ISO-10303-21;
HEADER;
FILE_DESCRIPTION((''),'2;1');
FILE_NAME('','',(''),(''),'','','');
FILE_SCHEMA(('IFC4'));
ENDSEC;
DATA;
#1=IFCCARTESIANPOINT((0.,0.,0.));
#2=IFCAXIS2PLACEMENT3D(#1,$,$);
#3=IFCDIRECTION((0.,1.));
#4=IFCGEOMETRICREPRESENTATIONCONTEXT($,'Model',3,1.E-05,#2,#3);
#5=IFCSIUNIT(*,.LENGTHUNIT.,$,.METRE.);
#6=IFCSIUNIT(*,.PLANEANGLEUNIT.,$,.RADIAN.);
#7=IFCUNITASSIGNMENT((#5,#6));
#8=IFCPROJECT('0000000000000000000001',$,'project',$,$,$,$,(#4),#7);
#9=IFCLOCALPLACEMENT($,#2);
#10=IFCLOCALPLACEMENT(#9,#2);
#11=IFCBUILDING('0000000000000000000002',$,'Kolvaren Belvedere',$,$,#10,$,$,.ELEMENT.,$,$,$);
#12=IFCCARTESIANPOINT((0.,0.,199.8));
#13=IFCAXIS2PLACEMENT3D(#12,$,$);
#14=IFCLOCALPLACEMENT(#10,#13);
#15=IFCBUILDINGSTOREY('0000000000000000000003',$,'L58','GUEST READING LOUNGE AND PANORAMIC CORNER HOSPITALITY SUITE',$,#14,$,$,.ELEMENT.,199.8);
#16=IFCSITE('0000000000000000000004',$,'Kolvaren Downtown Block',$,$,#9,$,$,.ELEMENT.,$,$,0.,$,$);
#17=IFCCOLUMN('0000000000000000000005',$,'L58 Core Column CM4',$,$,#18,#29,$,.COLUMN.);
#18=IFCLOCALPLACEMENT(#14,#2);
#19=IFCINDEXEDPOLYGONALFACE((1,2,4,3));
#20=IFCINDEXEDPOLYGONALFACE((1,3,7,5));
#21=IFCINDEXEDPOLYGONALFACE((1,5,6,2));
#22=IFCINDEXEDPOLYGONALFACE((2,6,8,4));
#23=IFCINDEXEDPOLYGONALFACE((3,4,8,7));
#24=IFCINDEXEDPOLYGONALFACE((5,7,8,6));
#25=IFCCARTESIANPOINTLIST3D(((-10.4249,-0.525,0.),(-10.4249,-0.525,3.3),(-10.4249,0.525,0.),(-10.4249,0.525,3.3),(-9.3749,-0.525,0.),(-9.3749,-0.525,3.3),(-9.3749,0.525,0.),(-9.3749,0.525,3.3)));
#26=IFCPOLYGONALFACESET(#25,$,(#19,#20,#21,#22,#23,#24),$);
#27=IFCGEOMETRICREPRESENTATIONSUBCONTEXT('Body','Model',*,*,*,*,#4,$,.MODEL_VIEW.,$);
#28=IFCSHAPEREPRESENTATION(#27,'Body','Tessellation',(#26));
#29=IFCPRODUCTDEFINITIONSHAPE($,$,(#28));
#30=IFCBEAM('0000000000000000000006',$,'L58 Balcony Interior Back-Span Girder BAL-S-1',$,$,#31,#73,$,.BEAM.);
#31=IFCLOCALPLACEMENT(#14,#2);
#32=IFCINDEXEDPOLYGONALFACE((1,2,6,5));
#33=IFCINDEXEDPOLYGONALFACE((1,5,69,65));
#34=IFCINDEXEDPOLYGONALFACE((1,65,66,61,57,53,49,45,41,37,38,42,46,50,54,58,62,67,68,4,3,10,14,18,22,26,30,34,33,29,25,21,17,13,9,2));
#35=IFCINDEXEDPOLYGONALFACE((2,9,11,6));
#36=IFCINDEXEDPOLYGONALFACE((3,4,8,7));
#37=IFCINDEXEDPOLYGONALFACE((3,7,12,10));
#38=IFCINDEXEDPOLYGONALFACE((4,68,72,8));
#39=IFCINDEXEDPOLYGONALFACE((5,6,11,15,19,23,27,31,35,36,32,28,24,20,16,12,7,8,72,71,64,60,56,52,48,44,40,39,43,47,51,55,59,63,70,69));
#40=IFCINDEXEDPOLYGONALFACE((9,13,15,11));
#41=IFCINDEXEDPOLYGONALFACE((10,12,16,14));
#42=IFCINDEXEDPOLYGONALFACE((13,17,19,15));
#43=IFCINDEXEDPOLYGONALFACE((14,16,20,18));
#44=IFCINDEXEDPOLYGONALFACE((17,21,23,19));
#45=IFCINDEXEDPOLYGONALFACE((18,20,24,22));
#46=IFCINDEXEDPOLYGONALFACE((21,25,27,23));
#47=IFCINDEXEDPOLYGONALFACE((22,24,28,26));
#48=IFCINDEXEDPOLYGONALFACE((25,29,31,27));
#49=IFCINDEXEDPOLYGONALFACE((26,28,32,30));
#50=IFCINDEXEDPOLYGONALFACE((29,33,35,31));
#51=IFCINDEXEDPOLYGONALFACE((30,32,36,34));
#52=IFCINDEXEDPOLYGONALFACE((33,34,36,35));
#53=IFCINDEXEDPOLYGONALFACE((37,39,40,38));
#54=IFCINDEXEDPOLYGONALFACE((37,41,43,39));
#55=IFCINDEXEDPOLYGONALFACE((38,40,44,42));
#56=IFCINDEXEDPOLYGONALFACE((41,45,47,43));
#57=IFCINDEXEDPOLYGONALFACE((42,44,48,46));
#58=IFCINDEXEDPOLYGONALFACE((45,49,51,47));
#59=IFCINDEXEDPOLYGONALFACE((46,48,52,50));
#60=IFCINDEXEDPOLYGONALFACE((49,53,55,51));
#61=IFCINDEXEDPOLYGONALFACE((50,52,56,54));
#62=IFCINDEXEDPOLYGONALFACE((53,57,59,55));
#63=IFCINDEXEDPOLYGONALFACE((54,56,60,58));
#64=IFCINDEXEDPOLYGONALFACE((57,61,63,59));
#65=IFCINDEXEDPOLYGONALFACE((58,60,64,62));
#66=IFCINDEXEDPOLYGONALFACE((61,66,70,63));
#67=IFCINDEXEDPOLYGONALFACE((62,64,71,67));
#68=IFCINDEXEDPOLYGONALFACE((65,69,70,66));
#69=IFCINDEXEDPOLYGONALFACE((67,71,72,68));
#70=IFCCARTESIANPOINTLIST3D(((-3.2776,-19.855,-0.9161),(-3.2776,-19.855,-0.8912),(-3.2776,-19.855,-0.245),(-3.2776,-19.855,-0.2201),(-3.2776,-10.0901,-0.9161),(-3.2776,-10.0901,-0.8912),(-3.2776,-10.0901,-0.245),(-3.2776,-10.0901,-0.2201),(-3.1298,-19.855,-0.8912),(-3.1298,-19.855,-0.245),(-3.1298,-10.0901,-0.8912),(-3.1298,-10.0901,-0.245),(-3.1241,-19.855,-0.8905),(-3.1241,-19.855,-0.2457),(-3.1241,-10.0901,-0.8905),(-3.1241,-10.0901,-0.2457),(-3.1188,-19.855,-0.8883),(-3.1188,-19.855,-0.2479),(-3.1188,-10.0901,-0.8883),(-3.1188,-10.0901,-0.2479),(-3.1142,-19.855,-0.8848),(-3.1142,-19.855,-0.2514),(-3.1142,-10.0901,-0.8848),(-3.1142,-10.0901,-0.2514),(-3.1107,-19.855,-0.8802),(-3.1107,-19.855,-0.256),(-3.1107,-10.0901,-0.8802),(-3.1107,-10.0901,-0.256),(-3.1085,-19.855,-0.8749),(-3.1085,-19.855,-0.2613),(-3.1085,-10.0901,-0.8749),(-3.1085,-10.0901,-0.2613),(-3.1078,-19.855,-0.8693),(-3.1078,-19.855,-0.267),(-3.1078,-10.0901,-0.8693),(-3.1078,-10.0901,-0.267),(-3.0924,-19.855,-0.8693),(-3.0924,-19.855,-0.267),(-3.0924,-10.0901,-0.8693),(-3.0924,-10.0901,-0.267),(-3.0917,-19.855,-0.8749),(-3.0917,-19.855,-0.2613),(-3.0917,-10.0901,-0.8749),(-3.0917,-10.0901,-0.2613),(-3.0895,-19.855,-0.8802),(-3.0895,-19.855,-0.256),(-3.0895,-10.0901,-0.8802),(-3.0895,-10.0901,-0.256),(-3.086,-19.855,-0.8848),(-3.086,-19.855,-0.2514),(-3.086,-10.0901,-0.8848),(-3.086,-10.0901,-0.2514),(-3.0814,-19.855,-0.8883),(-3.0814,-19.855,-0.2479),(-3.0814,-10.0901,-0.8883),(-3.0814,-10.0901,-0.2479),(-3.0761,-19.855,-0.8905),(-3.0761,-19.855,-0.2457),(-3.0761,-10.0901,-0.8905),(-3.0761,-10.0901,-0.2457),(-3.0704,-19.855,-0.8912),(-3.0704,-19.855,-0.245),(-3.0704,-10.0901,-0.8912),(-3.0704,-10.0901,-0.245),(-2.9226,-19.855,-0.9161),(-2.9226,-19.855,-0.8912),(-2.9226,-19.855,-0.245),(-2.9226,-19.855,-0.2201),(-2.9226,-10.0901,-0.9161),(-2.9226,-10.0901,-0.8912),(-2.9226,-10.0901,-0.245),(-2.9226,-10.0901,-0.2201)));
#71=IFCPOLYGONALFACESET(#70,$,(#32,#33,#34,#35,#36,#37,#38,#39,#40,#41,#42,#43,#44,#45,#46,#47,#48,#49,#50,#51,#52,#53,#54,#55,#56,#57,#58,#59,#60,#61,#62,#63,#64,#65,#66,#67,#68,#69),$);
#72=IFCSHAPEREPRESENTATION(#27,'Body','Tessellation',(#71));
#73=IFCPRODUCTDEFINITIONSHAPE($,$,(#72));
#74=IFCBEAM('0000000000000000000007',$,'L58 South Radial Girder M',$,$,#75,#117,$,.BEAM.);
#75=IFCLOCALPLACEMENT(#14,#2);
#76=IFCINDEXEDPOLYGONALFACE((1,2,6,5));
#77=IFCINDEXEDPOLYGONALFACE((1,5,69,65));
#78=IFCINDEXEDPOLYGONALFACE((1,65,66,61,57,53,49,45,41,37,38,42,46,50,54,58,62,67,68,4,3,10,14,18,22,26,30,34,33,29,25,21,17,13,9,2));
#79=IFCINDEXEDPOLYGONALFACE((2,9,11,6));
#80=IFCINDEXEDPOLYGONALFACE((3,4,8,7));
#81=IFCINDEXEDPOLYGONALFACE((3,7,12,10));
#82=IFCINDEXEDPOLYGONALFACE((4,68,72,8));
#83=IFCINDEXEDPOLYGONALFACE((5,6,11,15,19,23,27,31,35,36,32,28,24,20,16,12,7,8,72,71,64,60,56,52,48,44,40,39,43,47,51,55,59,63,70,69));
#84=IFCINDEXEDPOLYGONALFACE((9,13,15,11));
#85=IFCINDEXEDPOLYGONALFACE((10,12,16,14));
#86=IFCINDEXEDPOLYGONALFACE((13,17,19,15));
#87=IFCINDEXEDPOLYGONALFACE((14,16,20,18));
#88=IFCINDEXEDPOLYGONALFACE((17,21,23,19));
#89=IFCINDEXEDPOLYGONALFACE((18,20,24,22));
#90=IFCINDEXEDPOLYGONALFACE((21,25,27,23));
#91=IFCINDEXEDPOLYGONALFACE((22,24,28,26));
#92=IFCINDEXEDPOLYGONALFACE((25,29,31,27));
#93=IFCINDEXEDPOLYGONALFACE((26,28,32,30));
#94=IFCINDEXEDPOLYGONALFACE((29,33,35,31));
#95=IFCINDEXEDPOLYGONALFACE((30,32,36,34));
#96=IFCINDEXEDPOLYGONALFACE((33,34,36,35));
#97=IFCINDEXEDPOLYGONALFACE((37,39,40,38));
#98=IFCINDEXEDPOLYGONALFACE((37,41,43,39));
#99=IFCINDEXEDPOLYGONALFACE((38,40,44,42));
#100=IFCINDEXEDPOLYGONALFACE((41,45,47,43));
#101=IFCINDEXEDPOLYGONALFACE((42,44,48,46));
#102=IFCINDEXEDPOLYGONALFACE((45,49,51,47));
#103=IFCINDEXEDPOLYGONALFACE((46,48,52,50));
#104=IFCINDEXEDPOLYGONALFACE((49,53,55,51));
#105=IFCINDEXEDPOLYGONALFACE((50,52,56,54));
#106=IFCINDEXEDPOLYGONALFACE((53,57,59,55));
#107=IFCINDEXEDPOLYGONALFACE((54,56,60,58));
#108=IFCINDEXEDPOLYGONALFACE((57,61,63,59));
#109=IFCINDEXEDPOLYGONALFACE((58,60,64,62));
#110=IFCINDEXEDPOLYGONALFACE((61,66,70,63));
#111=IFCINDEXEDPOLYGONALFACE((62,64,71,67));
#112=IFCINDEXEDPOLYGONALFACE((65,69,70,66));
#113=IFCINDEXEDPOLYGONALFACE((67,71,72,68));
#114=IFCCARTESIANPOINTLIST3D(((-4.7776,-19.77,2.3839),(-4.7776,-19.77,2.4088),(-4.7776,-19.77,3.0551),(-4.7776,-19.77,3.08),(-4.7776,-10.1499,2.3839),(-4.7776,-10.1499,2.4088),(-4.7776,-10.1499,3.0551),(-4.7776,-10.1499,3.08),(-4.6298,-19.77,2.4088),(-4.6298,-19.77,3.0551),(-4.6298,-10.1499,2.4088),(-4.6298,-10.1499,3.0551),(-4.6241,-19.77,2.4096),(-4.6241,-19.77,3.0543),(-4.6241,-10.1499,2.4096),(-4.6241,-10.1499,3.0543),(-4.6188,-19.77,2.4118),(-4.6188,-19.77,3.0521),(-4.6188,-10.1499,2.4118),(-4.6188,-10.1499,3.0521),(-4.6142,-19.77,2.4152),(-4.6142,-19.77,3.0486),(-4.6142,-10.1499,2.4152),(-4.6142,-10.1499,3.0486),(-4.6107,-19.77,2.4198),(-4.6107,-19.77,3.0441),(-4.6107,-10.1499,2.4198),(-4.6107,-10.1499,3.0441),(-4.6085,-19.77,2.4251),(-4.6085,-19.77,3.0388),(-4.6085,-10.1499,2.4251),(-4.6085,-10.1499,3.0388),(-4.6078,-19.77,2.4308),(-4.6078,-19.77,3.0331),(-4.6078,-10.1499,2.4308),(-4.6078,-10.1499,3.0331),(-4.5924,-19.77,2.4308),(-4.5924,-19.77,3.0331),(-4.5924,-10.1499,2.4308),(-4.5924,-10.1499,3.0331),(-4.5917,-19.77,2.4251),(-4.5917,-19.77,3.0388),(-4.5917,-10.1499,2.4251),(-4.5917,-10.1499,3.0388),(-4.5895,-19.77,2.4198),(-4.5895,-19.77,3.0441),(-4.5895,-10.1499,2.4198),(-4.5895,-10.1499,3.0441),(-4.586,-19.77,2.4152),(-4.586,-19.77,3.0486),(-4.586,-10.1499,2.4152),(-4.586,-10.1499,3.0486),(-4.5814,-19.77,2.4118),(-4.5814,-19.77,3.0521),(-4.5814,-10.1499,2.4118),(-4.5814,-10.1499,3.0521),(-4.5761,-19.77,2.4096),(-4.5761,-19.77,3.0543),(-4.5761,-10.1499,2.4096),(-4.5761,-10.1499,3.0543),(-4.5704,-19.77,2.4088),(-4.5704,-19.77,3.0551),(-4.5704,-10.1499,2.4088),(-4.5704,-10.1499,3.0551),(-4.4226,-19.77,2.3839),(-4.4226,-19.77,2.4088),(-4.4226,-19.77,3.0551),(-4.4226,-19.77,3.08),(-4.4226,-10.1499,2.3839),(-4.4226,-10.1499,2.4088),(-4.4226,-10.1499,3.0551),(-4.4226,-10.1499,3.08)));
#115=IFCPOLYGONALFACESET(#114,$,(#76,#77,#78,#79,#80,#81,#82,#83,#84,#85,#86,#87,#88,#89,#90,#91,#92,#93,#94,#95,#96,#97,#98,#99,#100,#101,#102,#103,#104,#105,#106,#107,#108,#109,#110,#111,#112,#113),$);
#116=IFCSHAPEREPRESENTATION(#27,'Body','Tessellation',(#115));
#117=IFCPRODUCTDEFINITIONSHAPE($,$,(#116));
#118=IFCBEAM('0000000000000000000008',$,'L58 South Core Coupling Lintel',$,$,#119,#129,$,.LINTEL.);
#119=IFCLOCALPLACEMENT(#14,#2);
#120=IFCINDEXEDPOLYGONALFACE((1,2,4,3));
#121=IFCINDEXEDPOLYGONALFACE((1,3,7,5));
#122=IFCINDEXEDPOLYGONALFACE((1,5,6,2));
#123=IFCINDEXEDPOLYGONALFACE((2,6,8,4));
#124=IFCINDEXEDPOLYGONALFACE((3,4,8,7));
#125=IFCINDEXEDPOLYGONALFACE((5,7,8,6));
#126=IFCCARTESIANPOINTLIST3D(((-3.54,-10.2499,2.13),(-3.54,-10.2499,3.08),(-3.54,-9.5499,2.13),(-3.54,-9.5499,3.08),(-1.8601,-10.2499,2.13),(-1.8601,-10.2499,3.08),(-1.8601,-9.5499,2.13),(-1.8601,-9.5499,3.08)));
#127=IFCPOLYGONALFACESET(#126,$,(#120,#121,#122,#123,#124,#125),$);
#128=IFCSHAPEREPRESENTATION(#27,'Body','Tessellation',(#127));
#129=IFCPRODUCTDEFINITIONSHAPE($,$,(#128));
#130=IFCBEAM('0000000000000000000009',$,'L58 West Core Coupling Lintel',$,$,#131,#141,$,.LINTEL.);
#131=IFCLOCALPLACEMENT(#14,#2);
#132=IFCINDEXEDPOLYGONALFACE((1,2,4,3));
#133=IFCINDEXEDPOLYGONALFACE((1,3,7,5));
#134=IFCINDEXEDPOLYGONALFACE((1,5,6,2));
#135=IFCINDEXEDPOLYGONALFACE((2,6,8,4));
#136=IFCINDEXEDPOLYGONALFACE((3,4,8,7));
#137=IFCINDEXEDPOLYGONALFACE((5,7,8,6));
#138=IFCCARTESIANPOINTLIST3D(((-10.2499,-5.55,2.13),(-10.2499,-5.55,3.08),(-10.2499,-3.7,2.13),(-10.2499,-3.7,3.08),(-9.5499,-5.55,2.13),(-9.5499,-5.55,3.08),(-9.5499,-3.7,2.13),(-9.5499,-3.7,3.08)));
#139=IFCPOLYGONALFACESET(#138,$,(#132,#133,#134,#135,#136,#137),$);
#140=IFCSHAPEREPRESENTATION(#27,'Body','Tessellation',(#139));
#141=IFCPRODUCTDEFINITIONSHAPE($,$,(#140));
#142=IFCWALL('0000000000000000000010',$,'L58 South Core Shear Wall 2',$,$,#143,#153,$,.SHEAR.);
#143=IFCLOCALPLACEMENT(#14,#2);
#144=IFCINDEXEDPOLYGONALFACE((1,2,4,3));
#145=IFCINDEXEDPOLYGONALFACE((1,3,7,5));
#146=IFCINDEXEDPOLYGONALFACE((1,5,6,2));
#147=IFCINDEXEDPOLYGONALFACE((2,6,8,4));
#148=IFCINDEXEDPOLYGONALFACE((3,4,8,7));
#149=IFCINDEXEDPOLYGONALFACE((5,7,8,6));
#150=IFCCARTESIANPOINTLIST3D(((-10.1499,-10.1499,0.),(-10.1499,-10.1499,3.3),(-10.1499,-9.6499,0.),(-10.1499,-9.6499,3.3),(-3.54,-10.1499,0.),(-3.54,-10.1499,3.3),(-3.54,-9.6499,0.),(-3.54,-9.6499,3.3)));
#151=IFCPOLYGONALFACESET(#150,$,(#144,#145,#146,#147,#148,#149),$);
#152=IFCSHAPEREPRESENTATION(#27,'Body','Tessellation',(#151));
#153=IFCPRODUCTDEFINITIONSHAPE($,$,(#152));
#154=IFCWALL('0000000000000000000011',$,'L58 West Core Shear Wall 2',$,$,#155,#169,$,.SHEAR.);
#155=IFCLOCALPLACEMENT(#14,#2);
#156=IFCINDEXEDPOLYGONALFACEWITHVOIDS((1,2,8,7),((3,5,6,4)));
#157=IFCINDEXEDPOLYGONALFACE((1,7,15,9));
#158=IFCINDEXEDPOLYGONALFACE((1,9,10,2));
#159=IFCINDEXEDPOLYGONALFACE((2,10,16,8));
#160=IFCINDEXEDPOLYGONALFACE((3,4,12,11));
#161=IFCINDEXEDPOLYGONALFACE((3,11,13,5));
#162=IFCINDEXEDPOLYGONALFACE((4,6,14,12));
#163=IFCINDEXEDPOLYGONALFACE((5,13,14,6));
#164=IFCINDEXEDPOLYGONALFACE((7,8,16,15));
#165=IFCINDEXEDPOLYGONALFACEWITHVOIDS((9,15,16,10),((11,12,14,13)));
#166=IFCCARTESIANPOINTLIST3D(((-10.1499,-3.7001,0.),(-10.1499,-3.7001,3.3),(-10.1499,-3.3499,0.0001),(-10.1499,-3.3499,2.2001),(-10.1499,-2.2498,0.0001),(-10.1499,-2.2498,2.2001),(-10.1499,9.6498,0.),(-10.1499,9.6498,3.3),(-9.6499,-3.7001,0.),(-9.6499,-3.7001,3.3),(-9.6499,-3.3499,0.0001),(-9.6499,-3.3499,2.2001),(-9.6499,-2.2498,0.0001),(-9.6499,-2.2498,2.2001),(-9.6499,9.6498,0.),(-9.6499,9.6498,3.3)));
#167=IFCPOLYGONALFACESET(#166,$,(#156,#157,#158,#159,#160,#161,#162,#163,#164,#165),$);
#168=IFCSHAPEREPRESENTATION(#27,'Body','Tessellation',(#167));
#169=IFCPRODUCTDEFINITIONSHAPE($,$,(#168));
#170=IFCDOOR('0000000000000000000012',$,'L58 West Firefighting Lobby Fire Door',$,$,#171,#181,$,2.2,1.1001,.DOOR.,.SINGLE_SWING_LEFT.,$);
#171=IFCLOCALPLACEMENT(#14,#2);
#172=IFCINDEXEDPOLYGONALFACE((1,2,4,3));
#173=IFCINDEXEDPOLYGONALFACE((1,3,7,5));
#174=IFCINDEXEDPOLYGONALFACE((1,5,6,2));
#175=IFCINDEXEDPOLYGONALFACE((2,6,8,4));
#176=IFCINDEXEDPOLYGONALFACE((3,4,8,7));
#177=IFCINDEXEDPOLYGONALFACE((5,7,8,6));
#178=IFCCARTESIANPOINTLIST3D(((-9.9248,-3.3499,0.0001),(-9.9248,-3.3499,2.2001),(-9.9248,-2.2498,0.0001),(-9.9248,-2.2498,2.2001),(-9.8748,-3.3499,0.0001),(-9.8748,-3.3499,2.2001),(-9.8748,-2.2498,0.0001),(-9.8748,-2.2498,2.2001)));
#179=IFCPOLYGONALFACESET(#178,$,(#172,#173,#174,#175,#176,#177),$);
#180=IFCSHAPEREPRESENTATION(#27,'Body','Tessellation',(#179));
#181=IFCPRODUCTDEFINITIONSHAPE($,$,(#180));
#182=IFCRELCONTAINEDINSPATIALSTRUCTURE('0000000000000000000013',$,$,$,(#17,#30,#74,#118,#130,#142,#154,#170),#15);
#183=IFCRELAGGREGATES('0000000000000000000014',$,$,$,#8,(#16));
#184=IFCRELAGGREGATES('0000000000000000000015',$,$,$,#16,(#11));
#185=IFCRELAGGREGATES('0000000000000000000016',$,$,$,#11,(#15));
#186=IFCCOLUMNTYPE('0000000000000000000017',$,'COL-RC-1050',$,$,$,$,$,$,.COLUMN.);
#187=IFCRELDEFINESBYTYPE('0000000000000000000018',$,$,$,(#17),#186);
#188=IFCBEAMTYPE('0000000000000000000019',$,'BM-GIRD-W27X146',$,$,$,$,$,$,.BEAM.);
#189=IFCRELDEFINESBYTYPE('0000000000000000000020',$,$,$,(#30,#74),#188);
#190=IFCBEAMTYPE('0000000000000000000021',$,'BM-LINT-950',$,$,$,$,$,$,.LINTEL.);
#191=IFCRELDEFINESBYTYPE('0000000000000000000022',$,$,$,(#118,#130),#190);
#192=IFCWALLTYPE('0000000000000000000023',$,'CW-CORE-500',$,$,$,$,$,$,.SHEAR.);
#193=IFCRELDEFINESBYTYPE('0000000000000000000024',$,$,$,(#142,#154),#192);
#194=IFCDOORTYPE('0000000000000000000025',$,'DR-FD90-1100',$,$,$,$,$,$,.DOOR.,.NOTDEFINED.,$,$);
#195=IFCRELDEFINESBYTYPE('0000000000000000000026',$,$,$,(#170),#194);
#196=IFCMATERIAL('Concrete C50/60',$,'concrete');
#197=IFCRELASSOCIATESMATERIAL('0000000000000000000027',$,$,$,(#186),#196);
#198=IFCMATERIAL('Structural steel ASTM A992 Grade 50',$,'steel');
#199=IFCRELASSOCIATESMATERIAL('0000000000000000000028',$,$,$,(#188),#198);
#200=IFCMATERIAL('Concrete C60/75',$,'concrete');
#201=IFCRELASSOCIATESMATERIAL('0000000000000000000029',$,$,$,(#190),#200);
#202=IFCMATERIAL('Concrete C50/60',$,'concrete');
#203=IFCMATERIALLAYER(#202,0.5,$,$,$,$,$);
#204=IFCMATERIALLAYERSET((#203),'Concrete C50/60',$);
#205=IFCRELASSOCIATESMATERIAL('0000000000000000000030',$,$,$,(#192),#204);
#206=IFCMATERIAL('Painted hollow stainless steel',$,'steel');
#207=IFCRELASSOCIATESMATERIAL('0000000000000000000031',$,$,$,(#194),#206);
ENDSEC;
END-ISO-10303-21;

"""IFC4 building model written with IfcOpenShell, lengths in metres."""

from ifc_helpers import new_model, si_unit, direction, frame, frame_2d, origin, origin_2d, place, context, subcontext, project, spatial, rectangle, i_section, extrude, material, layer, layer_set, material_profile, profile_set, type_object, element, fill, save


model = new_model("IFC4")

# Units and contexts
model_context = context("Model", 3, precision=1e-05, world=origin(), true_north=direction((0.0, 1.0)))
body_context = subcontext(model_context, "Body", "Model", "MODEL_VIEW")
ifc_project = project(units=[si_unit("LENGTHUNIT", "METRE"), si_unit("PLANEANGLEUNIT", "RADIAN")], contexts=[model_context])

# Site, building, storey
site_placement = place(None, origin())
site = spatial("IfcSite", under=ifc_project, at=site_placement, Name="Kolvaren Downtown Block", CompositionType="ELEMENT", RefElevation=0.0)
building_placement = place(site_placement, origin())
building = spatial("IfcBuilding", under=site, at=building_placement, Name="Kolvaren Belvedere", CompositionType="ELEMENT")
storey_placement = place(building_placement, frame((0.0, 0.0, 199.8)))
storey = spatial("IfcBuildingStorey", under=building, at=storey_placement, Name="L58", Description="GUEST READING LOUNGE AND PANORAMIC CORNER HOSPITALITY SUITE", CompositionType="ELEMENT", Elevation=199.8)

# Column
ifc_material_1 = material(Name="Concrete C50/60", Category="concrete")
ifc_material_profile_1 = material_profile(ifc_material_1, rectangle(XDim=1.05, YDim=1.05, at=origin_2d()), Name="RC 1050X1050")
ifc_profile_set_1 = profile_set([ifc_material_profile_1], Name="Concrete C50/60")
column_type = type_object("IfcColumnType", Name="COL-RC-1050", PredefinedType="COLUMN", material=ifc_profile_set_1)
column_placement = place(storey_placement, frame((-9.8999, 0.0, 0.0), z_axis=(0.0, 0.0, 1.0), x_axis=(1.0, 0.0, 0.0)))
element("IfcColumn", 1, at=column_placement, inside=storey, type_object=column_type, Name="L58 Core Column CM4", PredefinedType="COLUMN", context=body_context, shape_type="SweptSolid", body=[
    extrude(rectangle(XDim=1.05, YDim=1.05, at=origin_2d()), origin(), (0.0, 0.0, 1.0), 3.3),
])

# Beams
ifc_material_2 = material(Name="Structural steel ASTM A992 Grade 50", Category="steel")
ifc_material_profile_2 = material_profile(ifc_material_2, i_section(OverallWidth=0.355, OverallDepth=0.696, WebThickness=0.0154, FlangeThickness=0.0249, FilletRadius=0.022, at=origin_2d()), Name="W27X146")
ifc_profile_set_2 = profile_set([ifc_material_profile_2], Name="Structural steel ASTM A992 Grade 50")
beam_type_1 = type_object("IfcBeamType", Name="BM-GIRD-W27X146", PredefinedType="BEAM", material=ifc_profile_set_2)
beam_1_placement = place(storey_placement, frame((-3.1001, -10.0901, -0.5681), z_axis=(0.0, -1.0, 0.0), x_axis=(1.0, 0.0, 0.0)))
element("IfcBeam", 2, at=beam_1_placement, inside=storey, type_object=beam_type_1, Name="L58 Balcony Interior Back-Span Girder BAL-S-1", PredefinedType="BEAM", context=body_context, shape_type="SweptSolid", body=[
    extrude(i_section(OverallWidth=0.355, OverallDepth=0.696, WebThickness=0.0154, FlangeThickness=0.0249, FilletRadius=0.022, at=origin_2d()), origin(), (0.0, 0.0, 1.0), 9.7649),
])
beam_2_placement = place(storey_placement, frame((-4.6001, -10.1499, 2.7319), z_axis=(0.0, -1.0, 0.0), x_axis=(1.0, 0.0, 0.0)))
element("IfcBeam", 3, at=beam_2_placement, inside=storey, type_object=beam_type_1, Name="L58 South Radial Girder M", PredefinedType="BEAM", context=body_context, shape_type="SweptSolid", body=[
    extrude(i_section(OverallWidth=0.355, OverallDepth=0.696, WebThickness=0.0154, FlangeThickness=0.0249, FilletRadius=0.022, at=origin_2d()), origin(), (0.0, 0.0, 1.0), 9.6201),
])
ifc_material_3 = material(Name="Concrete C60/75", Category="concrete")
ifc_material_profile_3 = material_profile(ifc_material_3, rectangle(XDim=0.7, YDim=0.95, at=origin_2d()), Name="RC 700X950")
ifc_profile_set_3 = profile_set([ifc_material_profile_3], Name="Concrete C60/75")
beam_type_2 = type_object("IfcBeamType", Name="BM-LINT-950", PredefinedType="LINTEL", material=ifc_profile_set_3)
beam_3_placement = place(storey_placement, frame((-3.54, -9.8999, 2.605), z_axis=(1.0, 0.0, 0.0), x_axis=(0.0, 1.0, 0.0)))
element("IfcBeam", 4, at=beam_3_placement, inside=storey, type_object=beam_type_2, Name="L58 South Core Coupling Lintel", PredefinedType="LINTEL", context=body_context, shape_type="SweptSolid", body=[
    extrude(rectangle(XDim=0.7, YDim=0.95, at=origin_2d()), origin(), (0.0, 0.0, 1.0), 1.6799),
])
beam_4_placement = place(storey_placement, frame((-9.8999, -5.55, 2.605), z_axis=(0.0, 1.0, 0.0), x_axis=(-1.0, 0.0, 0.0)))
element("IfcBeam", 5, at=beam_4_placement, inside=storey, type_object=beam_type_2, Name="L58 West Core Coupling Lintel", PredefinedType="LINTEL", context=body_context, shape_type="SweptSolid", body=[
    extrude(rectangle(XDim=0.7, YDim=0.95, at=origin_2d()), origin(), (0.0, 0.0, 1.0), 1.8501),
])

# Wall
ifc_material_4 = material(Name="Concrete C50/60", Category="concrete")
ifc_layer_1 = layer(ifc_material_4, 0.5)
ifc_layer_set_1 = layer_set([ifc_layer_1], Name="Concrete C50/60")
wall_type_1 = type_object("IfcWallType", Name="CW-CORE-500", PredefinedType="SHEAR", material=ifc_layer_set_1)
wall_1_placement = place(storey_placement, frame((-3.54, -9.8999, 0.0), z_axis=(0.0, 0.0, 1.0), x_axis=(-1.0, 0.0, 0.0)))
element("IfcWall", 6, at=wall_1_placement, inside=storey, type_object=wall_type_1, Name="L58 South Core Shear Wall 2", PredefinedType="SHEAR", context=body_context, shape_type="SweptSolid", body=[
    extrude(rectangle(XDim=6.6099, YDim=0.5, at=frame_2d((3.3049, 0.0))), origin(), (0.0, 0.0, 1.0), 3.3),
])

# Wall, opening, door
wall_2_placement = place(storey_placement, frame((-9.8999, -3.7, 0.0), z_axis=(0.0, 0.0, 1.0), x_axis=(0.0, 1.0, 0.0)))
wall_2 = element("IfcWall", 7, at=wall_2_placement, inside=storey, type_object=wall_type_1, Name="L58 West Core Shear Wall 2", PredefinedType="SHEAR", context=body_context, shape_type="SweptSolid", body=[
    extrude(rectangle(XDim=13.3499, YDim=0.5, at=frame_2d((6.6748, 0.0))), origin(), (0.0, 0.0, 1.0), 3.3),
])
opening_1_placement = place(wall_2_placement, frame((0.3501, 0.0, 0.0)))
opening_1 = element("IfcOpeningElement", 8, at=opening_1_placement, cuts=wall_2, PredefinedType="OPENING", context=body_context, shape_type="SweptSolid", body=[
    extrude(rectangle(XDim=1.1001, YDim=2.2, at=frame_2d((0.55, 1.1001))), frame((0.0, 0.26, 0.0), z_axis=(0.0, -1.0, 0.0), x_axis=(1.0, 0.0, 0.0)), (0.0, 0.0, 1.0), 0.52),
])
ifc_material_5 = material(Name="Painted hollow stainless steel", Category="steel")
door_type_1 = type_object("IfcDoorType", Name="DR-FD90-1100", OperationType="NOTDEFINED", PredefinedType="DOOR", material=ifc_material_5)
door_1_placement = place(opening_1_placement, origin())
door_1 = element("IfcDoor", 9, at=door_1_placement, inside=storey, type_object=door_type_1, Name="L58 West Firefighting Lobby Fire Door", OperationType="SINGLE_SWING_LEFT", OverallHeight=2.2, OverallWidth=1.1001, PredefinedType="DOOR", context=body_context, shape_type="SweptSolid", body=[
    extrude(rectangle(XDim=1.1001, YDim=2.2, at=frame_2d((0.55, 1.1001))), frame((0.0, 0.0249, 0.0), z_axis=(0.0, -1.0, 0.0), x_axis=(1.0, 0.0, 0.0)), (0.0, 0.0, 1.0), 0.05),
])
fill(opening_1, door_1)

save(model, "model.ifc")
